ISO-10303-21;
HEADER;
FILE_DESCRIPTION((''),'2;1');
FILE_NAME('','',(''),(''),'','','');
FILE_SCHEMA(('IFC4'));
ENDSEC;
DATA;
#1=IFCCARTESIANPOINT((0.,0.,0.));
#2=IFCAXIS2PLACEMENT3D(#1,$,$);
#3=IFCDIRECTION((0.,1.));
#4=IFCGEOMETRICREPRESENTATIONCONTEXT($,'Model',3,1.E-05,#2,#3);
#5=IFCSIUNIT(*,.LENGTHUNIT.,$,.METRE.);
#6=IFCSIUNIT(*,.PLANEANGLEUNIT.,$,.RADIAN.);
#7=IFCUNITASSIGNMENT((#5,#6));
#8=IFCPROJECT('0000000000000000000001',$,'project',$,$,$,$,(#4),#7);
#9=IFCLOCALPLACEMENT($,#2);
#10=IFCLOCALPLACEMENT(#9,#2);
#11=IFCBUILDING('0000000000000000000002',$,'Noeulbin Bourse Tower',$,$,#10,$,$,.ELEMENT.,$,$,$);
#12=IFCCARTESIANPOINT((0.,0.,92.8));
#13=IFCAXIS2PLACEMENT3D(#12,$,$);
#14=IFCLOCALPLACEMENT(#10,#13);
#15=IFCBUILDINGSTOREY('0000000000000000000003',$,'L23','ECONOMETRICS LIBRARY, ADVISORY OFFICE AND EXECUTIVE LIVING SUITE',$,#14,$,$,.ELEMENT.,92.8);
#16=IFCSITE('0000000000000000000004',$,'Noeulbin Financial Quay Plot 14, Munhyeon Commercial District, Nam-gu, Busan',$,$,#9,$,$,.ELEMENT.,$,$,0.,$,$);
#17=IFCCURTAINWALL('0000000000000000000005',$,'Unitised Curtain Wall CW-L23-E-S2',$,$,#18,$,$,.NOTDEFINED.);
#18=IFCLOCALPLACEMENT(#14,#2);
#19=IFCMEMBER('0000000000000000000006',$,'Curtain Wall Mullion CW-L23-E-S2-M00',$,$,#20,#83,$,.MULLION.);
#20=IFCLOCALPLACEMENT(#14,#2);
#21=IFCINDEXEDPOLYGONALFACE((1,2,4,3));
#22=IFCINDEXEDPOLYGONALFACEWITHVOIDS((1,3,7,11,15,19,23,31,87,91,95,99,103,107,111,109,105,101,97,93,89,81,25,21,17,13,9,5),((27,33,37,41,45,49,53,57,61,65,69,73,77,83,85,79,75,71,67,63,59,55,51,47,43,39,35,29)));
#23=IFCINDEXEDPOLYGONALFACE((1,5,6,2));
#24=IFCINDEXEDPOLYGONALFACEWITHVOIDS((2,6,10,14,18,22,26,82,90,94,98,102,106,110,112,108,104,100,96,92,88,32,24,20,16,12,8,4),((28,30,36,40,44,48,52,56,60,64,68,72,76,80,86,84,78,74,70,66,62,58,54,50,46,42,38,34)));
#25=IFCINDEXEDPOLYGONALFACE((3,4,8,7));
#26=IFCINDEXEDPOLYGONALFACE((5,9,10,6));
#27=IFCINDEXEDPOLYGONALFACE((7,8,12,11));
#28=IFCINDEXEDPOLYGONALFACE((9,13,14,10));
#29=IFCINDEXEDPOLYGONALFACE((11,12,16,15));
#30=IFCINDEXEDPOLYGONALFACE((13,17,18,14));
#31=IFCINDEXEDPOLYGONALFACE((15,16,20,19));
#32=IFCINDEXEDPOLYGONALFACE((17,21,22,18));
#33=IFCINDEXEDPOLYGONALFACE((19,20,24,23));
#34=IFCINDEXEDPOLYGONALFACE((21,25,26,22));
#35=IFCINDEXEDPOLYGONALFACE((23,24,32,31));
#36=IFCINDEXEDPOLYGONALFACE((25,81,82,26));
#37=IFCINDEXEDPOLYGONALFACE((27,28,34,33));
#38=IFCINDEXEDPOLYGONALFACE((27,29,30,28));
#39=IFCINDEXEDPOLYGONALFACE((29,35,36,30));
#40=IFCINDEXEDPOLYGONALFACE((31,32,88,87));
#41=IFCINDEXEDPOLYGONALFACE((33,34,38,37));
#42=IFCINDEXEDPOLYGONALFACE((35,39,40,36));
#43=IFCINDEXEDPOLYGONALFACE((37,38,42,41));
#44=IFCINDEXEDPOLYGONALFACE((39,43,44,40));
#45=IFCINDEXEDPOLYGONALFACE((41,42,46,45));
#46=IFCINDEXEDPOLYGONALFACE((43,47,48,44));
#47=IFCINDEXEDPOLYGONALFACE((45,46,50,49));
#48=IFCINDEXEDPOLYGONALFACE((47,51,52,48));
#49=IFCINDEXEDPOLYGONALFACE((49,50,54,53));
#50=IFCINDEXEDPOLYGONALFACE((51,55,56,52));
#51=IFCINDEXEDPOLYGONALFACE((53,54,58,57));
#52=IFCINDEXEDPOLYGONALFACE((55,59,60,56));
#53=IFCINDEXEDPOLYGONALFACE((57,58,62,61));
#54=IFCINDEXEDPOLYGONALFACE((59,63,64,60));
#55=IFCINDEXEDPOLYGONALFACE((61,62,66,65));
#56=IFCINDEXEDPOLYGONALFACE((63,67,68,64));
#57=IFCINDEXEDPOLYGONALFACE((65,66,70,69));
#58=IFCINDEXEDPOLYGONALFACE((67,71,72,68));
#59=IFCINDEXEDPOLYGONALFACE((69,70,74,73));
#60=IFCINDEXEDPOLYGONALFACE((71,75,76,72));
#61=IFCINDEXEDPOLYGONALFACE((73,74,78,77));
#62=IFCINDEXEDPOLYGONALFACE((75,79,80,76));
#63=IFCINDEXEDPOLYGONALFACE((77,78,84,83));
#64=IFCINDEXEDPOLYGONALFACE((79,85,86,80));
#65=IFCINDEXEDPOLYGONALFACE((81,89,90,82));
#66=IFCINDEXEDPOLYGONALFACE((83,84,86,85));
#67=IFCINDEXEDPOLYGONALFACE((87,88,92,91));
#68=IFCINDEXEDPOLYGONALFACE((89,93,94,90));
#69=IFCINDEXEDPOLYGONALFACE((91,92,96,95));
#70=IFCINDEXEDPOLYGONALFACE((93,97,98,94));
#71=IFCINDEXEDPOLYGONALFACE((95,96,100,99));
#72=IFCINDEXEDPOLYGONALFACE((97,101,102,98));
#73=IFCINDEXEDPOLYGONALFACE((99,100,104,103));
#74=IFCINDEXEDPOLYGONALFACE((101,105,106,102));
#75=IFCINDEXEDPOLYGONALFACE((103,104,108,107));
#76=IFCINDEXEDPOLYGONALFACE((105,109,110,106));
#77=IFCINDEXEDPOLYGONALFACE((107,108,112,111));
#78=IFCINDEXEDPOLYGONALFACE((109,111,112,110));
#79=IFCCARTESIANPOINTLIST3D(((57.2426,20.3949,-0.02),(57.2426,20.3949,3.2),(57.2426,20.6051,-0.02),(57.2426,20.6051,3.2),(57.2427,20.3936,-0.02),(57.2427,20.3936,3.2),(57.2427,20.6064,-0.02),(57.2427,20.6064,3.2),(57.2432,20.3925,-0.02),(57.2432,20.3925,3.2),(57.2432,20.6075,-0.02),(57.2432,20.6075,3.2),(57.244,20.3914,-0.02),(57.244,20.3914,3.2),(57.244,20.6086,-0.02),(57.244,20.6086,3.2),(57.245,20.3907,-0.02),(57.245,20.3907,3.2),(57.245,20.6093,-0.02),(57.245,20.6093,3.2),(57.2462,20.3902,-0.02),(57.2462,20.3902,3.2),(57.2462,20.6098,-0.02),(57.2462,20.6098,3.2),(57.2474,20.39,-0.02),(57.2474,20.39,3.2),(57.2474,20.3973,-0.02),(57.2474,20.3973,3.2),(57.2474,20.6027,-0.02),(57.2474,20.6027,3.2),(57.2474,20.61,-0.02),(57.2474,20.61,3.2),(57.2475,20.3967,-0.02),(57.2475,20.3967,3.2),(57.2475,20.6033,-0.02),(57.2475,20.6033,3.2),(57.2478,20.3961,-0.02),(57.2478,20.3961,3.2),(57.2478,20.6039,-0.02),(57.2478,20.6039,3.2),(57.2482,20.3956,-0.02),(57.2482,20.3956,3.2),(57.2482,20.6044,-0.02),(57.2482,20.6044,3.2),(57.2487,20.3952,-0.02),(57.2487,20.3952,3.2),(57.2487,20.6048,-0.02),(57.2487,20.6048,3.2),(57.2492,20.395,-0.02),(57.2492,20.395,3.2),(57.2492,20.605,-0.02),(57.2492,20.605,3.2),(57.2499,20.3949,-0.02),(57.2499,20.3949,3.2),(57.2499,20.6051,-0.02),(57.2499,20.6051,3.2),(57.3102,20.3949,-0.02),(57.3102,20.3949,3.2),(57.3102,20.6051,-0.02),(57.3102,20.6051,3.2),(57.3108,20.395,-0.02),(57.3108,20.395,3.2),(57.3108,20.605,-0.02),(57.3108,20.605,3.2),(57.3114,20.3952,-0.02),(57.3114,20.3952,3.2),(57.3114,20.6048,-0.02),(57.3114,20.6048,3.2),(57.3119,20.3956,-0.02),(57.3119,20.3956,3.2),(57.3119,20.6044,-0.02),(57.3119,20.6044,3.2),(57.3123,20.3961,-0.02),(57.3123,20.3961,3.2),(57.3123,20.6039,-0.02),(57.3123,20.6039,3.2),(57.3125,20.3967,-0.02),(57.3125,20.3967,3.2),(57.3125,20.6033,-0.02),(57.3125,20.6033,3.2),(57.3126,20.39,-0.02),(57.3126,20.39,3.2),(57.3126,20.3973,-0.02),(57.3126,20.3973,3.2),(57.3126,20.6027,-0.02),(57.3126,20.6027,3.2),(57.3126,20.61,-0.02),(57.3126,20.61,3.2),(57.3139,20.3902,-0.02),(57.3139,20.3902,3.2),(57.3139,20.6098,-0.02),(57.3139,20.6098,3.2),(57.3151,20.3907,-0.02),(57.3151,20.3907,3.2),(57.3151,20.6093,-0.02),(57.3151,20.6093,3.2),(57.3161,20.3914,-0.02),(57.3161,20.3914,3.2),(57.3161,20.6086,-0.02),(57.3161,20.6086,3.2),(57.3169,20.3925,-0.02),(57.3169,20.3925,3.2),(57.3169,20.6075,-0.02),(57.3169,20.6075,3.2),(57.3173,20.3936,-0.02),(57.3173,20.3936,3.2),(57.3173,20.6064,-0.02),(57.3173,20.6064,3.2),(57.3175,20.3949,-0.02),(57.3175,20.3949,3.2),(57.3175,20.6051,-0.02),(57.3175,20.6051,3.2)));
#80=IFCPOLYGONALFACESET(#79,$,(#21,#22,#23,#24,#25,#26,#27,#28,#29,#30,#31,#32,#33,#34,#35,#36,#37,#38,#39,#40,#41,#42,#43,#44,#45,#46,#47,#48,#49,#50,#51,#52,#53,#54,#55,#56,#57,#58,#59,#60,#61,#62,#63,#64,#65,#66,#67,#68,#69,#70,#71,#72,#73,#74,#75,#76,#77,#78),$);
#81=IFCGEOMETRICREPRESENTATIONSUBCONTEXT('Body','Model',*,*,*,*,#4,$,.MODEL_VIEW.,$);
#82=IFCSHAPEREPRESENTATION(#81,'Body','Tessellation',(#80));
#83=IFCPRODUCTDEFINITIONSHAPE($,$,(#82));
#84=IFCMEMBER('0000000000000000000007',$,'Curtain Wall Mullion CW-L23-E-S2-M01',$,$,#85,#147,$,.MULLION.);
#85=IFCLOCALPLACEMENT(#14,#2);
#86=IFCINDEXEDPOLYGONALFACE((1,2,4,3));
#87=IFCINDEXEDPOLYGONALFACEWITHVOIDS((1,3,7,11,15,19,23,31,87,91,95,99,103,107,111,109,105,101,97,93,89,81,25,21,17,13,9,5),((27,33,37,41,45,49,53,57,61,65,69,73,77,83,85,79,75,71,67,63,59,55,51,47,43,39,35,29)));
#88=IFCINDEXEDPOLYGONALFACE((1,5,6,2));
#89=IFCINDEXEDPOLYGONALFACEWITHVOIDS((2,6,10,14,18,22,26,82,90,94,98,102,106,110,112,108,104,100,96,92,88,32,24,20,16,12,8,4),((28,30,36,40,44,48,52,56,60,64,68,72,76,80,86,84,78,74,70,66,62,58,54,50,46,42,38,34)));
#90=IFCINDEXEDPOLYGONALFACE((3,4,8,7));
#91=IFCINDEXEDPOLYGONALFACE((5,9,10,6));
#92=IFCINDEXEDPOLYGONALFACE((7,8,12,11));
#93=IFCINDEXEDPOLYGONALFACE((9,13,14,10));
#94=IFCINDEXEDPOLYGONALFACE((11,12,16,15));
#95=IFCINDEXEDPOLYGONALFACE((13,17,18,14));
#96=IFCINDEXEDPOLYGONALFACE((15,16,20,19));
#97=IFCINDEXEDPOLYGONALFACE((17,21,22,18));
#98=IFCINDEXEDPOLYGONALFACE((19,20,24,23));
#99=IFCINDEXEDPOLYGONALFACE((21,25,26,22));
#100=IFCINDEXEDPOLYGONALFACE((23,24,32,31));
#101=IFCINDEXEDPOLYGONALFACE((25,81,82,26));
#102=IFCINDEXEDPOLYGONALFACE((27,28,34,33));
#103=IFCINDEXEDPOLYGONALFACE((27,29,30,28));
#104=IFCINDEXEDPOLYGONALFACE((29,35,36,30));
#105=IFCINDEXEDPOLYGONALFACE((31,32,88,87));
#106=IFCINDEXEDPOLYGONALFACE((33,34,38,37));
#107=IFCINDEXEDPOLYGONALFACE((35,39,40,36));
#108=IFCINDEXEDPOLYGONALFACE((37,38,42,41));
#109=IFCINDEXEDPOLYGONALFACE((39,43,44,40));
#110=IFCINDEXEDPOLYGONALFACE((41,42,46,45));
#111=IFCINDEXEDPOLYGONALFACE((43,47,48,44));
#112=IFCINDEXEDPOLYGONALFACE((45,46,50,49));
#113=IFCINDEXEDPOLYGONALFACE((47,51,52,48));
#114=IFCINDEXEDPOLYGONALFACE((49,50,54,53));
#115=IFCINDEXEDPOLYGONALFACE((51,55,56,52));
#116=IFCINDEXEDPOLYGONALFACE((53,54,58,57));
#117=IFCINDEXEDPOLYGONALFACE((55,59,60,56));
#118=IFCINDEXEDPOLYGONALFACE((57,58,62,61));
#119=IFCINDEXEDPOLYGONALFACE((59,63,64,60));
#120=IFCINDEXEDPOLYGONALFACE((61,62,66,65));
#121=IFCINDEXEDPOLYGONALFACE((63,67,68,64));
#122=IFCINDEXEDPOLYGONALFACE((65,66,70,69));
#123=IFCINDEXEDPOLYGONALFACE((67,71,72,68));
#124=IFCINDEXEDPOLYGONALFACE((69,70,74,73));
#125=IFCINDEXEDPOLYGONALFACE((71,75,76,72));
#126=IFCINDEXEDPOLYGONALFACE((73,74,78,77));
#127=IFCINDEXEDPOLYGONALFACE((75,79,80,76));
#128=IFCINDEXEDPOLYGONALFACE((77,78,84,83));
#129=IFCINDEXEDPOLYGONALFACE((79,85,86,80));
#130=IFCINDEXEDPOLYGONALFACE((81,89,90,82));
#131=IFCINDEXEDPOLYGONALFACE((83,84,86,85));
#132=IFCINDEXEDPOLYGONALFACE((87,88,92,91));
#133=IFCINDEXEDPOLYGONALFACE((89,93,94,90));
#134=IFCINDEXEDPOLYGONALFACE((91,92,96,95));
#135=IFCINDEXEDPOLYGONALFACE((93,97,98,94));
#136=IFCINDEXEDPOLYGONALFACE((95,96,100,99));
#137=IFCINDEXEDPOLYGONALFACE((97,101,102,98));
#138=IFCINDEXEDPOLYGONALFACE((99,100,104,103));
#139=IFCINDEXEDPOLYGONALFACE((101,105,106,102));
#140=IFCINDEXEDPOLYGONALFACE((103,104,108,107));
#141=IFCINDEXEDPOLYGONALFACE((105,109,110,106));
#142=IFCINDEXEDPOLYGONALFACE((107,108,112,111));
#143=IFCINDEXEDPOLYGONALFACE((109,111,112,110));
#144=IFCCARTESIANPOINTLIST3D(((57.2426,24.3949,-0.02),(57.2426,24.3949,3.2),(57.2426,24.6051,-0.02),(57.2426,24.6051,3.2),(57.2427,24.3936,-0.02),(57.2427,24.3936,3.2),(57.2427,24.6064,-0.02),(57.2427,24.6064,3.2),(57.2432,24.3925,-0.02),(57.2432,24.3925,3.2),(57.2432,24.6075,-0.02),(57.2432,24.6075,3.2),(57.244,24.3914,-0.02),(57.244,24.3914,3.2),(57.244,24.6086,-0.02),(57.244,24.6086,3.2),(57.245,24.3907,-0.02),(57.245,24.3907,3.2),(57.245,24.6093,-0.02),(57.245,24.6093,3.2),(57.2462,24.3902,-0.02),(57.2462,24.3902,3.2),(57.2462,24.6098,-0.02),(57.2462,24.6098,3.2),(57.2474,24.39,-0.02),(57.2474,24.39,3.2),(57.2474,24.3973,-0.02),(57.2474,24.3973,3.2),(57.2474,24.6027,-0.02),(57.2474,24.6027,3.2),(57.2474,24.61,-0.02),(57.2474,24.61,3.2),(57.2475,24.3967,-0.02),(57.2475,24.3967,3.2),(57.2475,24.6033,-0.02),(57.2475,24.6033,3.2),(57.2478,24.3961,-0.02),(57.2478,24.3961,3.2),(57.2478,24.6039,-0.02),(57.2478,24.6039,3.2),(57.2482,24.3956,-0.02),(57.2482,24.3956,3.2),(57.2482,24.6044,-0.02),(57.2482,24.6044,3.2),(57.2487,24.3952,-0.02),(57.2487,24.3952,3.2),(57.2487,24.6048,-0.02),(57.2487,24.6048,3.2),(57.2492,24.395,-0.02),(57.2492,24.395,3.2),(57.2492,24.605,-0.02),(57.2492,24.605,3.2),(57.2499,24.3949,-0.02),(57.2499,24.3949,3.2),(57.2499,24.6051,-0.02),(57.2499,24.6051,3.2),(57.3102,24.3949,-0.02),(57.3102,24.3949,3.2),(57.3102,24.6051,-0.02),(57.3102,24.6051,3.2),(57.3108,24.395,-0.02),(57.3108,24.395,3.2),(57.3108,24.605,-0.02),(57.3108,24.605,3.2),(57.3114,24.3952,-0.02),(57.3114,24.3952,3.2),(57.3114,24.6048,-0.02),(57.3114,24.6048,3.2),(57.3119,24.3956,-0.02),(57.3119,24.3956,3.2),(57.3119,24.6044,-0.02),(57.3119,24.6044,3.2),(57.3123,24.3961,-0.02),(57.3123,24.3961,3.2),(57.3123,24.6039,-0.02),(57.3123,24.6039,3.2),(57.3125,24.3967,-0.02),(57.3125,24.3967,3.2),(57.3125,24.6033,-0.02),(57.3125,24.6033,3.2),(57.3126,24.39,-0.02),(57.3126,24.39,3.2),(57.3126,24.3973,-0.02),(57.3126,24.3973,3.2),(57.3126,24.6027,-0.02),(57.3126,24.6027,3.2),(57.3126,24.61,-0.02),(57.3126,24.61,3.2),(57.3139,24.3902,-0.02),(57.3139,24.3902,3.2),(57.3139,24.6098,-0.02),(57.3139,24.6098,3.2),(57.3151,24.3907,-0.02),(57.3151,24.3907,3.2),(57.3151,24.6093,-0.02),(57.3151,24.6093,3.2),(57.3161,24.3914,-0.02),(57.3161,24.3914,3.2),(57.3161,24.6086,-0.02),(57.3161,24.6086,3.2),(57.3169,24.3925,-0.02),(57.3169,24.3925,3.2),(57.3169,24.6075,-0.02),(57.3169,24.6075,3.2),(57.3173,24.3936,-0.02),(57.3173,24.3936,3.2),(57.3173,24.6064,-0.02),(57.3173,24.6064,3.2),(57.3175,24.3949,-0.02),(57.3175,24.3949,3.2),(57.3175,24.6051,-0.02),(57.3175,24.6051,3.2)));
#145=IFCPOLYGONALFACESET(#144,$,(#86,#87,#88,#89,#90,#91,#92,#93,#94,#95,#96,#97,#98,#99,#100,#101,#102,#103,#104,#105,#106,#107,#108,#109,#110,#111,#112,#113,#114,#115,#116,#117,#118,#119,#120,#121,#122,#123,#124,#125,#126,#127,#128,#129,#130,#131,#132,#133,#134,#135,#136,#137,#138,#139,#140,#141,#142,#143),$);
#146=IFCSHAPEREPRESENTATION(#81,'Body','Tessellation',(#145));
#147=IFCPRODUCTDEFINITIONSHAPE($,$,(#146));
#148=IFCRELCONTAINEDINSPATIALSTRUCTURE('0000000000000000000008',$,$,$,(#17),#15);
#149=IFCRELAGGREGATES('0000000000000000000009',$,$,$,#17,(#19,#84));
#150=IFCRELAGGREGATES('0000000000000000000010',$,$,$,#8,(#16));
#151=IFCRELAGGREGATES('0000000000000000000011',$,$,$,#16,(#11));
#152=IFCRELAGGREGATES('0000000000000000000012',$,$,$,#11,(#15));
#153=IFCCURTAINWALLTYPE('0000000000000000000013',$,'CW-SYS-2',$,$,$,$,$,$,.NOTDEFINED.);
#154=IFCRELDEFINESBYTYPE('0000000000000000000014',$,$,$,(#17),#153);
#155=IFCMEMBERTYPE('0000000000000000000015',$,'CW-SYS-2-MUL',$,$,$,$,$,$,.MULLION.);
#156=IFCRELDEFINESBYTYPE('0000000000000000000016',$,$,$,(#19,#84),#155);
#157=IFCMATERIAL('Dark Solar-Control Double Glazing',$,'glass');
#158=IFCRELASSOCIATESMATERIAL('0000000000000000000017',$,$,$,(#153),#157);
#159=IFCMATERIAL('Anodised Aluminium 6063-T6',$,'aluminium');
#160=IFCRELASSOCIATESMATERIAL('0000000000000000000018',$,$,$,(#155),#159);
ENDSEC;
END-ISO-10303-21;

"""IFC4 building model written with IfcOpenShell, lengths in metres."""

from ifc_helpers import new_model, si_unit, direction, frame, origin, origin_2d, place, context, subcontext, project, spatial, hollow_rectangle, extrude, material, material_profile, profile_set, type_object, element, aggregate, save


model = new_model("IFC4")

# Units and contexts
model_context = context("Model", 3, precision=1e-05, world=origin(), true_north=direction((0.0, 1.0)))
body_context = subcontext(model_context, "Body", "Model", "MODEL_VIEW")
ifc_project = project(units=[si_unit("LENGTHUNIT", "METRE"), si_unit("PLANEANGLEUNIT", "RADIAN")], contexts=[model_context])

# Site, building, storey
site_placement = place(None, origin())
site = spatial("IfcSite", under=ifc_project, at=site_placement, Name="Noeulbin Financial Quay Plot 14, Munhyeon Commercial District, Nam-gu, Busan", CompositionType="ELEMENT", RefElevation=0.0)
building_placement = place(site_placement, origin())
building = spatial("IfcBuilding", under=site, at=building_placement, Name="Noeulbin Bourse Tower", CompositionType="ELEMENT")
storey_placement = place(building_placement, frame((0.0, 0.0, 92.8)))
storey = spatial("IfcBuildingStorey", under=building, at=storey_placement, Name="L23", Description="ECONOMETRICS LIBRARY, ADVISORY OFFICE AND EXECUTIVE LIVING SUITE", CompositionType="ELEMENT", Elevation=92.8)

# Curtain wall, members
ifc_material_1 = material(Name="Dark Solar-Control Double Glazing", Category="glass")
curtain_wall_type = type_object("IfcCurtainWallType", Name="CW-SYS-2", PredefinedType="NOTDEFINED", material=ifc_material_1)
ifc_material_2 = material(Name="Anodised Aluminium 6063-T6", Category="aluminium")
ifc_material_profile_1 = material_profile(ifc_material_2, hollow_rectangle(XDim=0.075, YDim=0.22, WallThickness=0.0049, InnerFilletRadius=0.0024, OuterFilletRadius=0.0049, at=origin_2d()), Name="ALU-MULL-75x220x5", Category="LoadBearing")
ifc_profile_set_1 = profile_set([ifc_material_profile_1], Name="Anodised Aluminium 6063-T6")
member_type_1 = type_object("IfcMemberType", Name="CW-SYS-2-MUL", PredefinedType="MULLION", material=ifc_profile_set_1)
curtain_wall_1_placement = place(storey_placement, origin())
curtain_wall_1 = element("IfcCurtainWall", 1, at=curtain_wall_1_placement, inside=storey, type_object=curtain_wall_type, Name="Unitised Curtain Wall CW-L23-E-S2", PredefinedType="NOTDEFINED")
member_1_placement = place(storey_placement, frame((57.28, 20.5, -0.02), z_axis=(0.0, 0.0, 1.0), x_axis=(1.0, 0.0, 0.0)))
member_1 = element("IfcMember", 2, at=member_1_placement, type_object=member_type_1, Name="Curtain Wall Mullion CW-L23-E-S2-M00", PredefinedType="MULLION", context=body_context, shape_type="SweptSolid", body=[
    extrude(hollow_rectangle(XDim=0.075, YDim=0.22, WallThickness=0.0049, InnerFilletRadius=0.0024, OuterFilletRadius=0.0049, at=origin_2d()), origin(), (0.0, 0.0, 1.0), 3.22),
])
member_2_placement = place(storey_placement, frame((57.28, 24.5, -0.02), z_axis=(0.0, 0.0, 1.0), x_axis=(1.0, 0.0, 0.0)))
member_2 = element("IfcMember", 3, at=member_2_placement, type_object=member_type_1, Name="Curtain Wall Mullion CW-L23-E-S2-M01", PredefinedType="MULLION", context=body_context, shape_type="SweptSolid", body=[
    extrude(hollow_rectangle(XDim=0.075, YDim=0.22, WallThickness=0.0049, InnerFilletRadius=0.0024, OuterFilletRadius=0.0049, at=origin_2d()), origin(), (0.0, 0.0, 1.0), 3.22),
])

aggregate(curtain_wall_1, [member_1, member_2])

save(model, "model.ifc")
